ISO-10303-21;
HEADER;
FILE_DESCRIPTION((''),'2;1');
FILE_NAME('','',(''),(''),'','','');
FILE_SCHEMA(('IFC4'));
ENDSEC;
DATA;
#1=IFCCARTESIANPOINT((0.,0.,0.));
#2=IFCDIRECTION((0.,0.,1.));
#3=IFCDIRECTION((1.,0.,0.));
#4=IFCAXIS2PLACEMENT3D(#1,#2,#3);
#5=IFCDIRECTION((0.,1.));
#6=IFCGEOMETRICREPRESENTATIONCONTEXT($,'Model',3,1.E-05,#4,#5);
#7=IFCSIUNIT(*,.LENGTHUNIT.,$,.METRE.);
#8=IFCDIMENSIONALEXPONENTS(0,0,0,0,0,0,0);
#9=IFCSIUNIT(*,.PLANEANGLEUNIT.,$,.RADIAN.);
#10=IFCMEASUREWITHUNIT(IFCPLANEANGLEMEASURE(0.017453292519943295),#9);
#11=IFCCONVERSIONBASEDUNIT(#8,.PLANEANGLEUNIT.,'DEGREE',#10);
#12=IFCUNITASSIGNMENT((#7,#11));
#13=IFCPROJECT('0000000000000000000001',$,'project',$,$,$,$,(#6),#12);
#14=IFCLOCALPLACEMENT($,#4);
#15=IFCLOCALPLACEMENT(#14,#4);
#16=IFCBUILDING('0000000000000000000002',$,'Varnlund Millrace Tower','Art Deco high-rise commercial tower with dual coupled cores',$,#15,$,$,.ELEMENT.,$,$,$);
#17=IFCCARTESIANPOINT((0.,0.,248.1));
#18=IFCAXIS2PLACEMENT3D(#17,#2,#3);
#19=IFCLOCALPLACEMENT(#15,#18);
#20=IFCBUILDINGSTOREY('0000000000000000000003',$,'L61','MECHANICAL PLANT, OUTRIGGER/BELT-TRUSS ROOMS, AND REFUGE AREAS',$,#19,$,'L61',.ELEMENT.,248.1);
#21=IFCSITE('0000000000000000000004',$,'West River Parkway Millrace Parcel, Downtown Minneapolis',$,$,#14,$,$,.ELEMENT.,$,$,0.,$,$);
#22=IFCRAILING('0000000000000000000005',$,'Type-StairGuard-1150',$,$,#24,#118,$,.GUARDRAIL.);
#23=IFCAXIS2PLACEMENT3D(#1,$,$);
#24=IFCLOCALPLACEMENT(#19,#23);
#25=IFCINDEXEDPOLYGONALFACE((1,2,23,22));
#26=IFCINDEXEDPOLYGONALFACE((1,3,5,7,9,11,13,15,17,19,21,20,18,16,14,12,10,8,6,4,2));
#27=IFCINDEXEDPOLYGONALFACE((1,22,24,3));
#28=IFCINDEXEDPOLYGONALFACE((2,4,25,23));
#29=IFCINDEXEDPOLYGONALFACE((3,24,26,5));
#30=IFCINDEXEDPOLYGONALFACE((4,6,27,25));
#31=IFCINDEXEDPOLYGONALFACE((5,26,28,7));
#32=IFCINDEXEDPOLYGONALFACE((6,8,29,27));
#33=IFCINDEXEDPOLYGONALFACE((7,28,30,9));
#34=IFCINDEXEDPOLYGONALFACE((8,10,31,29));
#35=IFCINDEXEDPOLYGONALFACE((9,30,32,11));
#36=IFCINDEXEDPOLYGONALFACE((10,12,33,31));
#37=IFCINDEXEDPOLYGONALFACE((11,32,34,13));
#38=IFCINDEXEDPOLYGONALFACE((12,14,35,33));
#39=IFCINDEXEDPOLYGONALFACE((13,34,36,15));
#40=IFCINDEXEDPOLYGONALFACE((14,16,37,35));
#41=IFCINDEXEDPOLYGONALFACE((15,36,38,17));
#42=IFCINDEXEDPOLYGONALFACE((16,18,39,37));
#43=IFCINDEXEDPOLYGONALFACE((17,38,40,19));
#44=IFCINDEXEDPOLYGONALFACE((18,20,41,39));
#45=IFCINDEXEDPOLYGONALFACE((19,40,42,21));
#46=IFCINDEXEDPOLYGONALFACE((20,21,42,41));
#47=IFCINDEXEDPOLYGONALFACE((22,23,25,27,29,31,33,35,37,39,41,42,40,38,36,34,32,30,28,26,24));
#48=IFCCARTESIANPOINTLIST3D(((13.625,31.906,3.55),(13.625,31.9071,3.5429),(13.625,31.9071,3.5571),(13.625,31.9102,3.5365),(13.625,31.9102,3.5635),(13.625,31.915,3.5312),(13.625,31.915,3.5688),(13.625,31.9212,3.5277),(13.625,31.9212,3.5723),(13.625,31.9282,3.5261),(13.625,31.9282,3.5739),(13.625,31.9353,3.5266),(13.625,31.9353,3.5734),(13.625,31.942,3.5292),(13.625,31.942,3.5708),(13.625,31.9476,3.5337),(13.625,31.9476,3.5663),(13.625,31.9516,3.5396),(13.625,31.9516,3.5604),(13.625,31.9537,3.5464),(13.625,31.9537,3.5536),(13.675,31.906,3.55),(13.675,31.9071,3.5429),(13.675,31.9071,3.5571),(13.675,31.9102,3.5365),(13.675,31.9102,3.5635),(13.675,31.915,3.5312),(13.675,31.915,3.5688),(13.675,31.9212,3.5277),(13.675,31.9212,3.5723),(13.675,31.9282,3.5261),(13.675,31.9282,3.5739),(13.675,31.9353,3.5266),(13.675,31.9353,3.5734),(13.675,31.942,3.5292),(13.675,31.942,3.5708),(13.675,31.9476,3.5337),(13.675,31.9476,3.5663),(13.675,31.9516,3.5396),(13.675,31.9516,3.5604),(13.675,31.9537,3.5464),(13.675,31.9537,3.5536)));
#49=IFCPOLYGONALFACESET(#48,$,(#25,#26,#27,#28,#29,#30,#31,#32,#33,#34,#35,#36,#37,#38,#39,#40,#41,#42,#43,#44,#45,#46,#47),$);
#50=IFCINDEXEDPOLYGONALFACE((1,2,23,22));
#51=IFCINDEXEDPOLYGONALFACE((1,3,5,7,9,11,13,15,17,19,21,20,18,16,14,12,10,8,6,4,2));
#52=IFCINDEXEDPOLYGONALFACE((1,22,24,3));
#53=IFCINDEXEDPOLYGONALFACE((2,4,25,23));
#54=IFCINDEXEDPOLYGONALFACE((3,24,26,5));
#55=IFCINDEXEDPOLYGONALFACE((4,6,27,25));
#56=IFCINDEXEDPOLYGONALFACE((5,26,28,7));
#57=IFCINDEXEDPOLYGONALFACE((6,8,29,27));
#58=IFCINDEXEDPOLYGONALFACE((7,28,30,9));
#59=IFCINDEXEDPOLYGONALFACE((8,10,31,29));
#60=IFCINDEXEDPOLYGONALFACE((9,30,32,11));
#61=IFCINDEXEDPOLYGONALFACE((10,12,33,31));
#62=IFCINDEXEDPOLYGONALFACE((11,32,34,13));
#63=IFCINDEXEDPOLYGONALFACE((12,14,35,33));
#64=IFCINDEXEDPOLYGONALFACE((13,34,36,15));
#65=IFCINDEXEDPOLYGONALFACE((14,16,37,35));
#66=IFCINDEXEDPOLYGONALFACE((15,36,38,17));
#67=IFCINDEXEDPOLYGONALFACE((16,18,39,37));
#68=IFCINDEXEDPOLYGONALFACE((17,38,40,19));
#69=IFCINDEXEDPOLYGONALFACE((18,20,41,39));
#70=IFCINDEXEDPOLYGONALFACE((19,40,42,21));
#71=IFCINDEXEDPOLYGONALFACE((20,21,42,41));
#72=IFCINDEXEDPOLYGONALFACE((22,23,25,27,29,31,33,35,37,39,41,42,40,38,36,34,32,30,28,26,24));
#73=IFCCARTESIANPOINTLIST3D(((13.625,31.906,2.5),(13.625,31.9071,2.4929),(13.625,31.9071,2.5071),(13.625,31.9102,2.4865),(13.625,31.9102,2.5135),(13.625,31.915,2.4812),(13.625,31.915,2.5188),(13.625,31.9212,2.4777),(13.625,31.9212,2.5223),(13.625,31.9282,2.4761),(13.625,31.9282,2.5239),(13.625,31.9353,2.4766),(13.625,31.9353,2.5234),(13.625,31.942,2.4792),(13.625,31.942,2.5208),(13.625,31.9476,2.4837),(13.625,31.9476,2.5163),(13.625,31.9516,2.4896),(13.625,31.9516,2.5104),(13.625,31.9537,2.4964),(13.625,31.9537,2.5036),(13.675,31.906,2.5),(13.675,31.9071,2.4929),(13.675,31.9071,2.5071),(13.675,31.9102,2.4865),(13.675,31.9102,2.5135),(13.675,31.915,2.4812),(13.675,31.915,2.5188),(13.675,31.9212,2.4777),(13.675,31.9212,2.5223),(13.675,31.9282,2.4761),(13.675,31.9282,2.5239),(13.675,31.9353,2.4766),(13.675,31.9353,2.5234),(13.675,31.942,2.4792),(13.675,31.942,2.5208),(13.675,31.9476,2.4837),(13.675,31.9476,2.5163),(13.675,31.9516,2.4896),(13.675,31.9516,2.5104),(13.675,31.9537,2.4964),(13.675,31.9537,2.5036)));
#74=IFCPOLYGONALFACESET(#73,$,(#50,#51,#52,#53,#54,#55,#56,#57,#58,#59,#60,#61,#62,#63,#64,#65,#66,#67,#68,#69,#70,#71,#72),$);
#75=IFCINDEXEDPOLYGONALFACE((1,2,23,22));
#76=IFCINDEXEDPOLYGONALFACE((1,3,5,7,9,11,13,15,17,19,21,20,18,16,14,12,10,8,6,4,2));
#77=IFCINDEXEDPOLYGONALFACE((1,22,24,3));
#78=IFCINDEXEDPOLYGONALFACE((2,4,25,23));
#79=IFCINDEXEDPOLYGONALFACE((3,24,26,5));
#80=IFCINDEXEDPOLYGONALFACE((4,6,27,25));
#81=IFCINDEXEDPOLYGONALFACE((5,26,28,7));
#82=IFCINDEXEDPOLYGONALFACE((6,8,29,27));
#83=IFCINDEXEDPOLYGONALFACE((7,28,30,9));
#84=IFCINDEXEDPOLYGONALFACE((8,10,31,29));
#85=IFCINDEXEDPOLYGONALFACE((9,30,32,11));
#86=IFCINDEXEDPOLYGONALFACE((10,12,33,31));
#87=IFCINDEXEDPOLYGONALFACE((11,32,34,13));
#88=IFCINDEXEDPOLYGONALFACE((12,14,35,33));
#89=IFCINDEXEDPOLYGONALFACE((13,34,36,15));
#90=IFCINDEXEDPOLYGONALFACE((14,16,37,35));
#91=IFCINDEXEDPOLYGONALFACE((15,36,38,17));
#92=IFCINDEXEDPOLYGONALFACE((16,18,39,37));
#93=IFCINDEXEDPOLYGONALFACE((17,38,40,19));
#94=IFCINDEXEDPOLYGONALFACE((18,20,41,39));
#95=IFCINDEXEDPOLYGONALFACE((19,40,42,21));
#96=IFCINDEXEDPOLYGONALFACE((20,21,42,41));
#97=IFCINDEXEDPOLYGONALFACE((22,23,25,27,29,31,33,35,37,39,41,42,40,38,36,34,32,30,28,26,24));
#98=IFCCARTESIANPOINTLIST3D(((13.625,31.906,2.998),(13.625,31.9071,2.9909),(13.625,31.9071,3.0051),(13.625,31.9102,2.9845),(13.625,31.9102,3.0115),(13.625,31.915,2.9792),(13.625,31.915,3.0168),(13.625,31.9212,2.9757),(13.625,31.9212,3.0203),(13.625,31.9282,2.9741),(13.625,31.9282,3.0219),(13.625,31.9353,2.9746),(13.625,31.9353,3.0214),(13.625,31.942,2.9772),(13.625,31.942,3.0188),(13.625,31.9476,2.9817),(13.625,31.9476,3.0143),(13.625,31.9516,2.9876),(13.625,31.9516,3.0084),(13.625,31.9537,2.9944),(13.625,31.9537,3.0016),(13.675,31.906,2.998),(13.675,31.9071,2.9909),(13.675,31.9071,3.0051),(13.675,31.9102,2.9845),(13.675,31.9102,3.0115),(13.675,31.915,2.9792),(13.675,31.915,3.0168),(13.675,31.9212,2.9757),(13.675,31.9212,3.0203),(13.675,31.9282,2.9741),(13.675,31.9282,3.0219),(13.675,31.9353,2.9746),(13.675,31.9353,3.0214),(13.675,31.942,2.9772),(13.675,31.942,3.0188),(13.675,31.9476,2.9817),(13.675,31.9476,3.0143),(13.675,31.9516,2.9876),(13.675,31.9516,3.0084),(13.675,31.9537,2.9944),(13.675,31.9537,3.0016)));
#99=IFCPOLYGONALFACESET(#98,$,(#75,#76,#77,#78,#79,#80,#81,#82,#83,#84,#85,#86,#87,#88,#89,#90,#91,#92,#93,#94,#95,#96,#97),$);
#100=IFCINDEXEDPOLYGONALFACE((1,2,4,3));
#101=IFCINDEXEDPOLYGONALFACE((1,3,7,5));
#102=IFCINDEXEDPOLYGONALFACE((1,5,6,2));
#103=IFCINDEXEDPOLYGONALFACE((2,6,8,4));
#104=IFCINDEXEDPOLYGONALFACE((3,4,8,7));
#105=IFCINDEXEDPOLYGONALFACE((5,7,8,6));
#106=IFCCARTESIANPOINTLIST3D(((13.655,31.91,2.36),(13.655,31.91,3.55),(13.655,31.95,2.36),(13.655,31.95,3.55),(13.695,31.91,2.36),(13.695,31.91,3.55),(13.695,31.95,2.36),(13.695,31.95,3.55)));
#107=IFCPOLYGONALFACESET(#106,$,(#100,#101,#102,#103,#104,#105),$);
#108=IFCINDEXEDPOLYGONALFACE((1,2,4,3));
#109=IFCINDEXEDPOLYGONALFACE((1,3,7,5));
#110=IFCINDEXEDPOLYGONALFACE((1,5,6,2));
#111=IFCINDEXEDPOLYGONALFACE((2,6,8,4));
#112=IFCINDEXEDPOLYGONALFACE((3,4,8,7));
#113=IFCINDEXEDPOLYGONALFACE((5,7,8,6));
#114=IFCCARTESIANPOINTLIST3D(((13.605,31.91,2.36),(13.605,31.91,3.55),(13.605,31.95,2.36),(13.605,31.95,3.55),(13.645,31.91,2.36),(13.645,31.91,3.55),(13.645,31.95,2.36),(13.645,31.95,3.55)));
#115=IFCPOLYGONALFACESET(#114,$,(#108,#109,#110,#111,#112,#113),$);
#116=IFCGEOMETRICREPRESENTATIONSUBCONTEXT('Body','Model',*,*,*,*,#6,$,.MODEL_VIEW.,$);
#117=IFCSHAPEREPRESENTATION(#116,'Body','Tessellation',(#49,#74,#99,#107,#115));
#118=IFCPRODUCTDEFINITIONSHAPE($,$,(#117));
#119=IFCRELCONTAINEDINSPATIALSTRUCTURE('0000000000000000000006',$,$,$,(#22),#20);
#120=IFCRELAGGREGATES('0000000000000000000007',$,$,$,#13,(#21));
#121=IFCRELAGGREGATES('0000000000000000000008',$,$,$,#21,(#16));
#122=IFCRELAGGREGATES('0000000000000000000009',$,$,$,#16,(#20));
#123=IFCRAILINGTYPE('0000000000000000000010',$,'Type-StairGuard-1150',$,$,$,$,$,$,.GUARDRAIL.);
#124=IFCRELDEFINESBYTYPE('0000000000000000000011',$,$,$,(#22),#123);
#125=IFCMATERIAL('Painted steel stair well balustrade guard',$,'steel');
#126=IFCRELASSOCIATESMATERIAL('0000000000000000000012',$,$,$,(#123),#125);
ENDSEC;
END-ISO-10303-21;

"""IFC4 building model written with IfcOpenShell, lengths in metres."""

from ifc_helpers import new_model, entity, si_unit, converted_unit, direction, frame, origin_with_axes, origin_2d_with_axis, place, context, subcontext, project, spatial, rectangle, circle, extrude, material, type_object, element, save


model = new_model("IFC4")

# Units and contexts
model_context = context("Model", 3, precision=1e-05, world=origin_with_axes(), true_north=direction((0.0, 1.0)))
body_context = subcontext(model_context, "Body", "Model", "MODEL_VIEW")
ifc_project = project(units=[si_unit("LENGTHUNIT", "METRE"), converted_unit("PLANEANGLEUNIT", "DEGREE", entity("IfcPlaneAngleMeasure", 0.017453292519943295), si_unit("PLANEANGLEUNIT", "RADIAN"), dimensions=[0, 0, 0, 0, 0, 0, 0])], contexts=[model_context])

# Site, building, storey
site_placement = place(None, origin_with_axes())
site = spatial("IfcSite", under=ifc_project, at=site_placement, Name="West River Parkway Millrace Parcel, Downtown Minneapolis", CompositionType="ELEMENT", RefElevation=0.0)
building_placement = place(site_placement, origin_with_axes())
building = spatial("IfcBuilding", under=site, at=building_placement, Name="Varnlund Millrace Tower", Description="Art Deco high-rise commercial tower with dual coupled cores", CompositionType="ELEMENT")
storey_placement = place(building_placement, frame((0.0, 0.0, 248.1), z_axis=(0.0, 0.0, 1.0), x_axis=(1.0, 0.0, 0.0)))
storey = spatial("IfcBuildingStorey", under=building, at=storey_placement, Name="L61", Description="MECHANICAL PLANT, OUTRIGGER/BELT-TRUSS ROOMS, AND REFUGE AREAS", LongName="L61", CompositionType="ELEMENT", Elevation=248.1)

# Railing
ifc_material_1 = material(Name="Painted steel stair well balustrade guard", Category="steel")
railing_type_1 = type_object("IfcRailingType", Name="Type-StairGuard-1150", PredefinedType="GUARDRAIL", material=ifc_material_1)
railing_1_placement = place(storey_placement, frame((0.0, 0.0, -248.1), z_axis=(0.0, 0.0, 1.0), x_axis=(1.0, 0.0, 0.0)))
element("IfcRailing", 1, at=railing_1_placement, inside=storey, type_object=railing_type_1, Name="Type-StairGuard-1150", PredefinedType="GUARDRAIL", context=body_context, shape_type="SweptSolid", body=[
    extrude(circle(Radius=0.024, at=origin_2d_with_axis()), frame((13.675, 31.93, 251.65), z_axis=(-1.0, 0.0, 0.0), x_axis=(0.0, -1.0, 0.0)), (0.0, 0.0, 1.0), 0.05),
    extrude(circle(Radius=0.024, at=origin_2d_with_axis()), frame((13.675, 31.93, 250.6), z_axis=(-1.0, 0.0, 0.0), x_axis=(0.0, -1.0, 0.0)), (0.0, 0.0, 1.0), 0.05),
    extrude(circle(Radius=0.024, at=origin_2d_with_axis()), frame((13.675, 31.93, 251.098), z_axis=(-1.0, 0.0, 0.0), x_axis=(0.0, -1.0, 0.0)), (0.0, 0.0, 1.0), 0.05),
    extrude(rectangle(XDim=0.04, YDim=0.04, at=origin_2d_with_axis()), frame((13.675, 31.93, 250.46), z_axis=(0.0, 0.0, 1.0), x_axis=(1.0, 0.0, 0.0)), (0.0, 0.0, 1.0), 1.19),
    extrude(rectangle(XDim=0.04, YDim=0.04, at=origin_2d_with_axis()), frame((13.625, 31.93, 250.46), z_axis=(0.0, 0.0, 1.0), x_axis=(1.0, 0.0, 0.0)), (0.0, 0.0, 1.0), 1.19),
])

save(model, "model.ifc")
